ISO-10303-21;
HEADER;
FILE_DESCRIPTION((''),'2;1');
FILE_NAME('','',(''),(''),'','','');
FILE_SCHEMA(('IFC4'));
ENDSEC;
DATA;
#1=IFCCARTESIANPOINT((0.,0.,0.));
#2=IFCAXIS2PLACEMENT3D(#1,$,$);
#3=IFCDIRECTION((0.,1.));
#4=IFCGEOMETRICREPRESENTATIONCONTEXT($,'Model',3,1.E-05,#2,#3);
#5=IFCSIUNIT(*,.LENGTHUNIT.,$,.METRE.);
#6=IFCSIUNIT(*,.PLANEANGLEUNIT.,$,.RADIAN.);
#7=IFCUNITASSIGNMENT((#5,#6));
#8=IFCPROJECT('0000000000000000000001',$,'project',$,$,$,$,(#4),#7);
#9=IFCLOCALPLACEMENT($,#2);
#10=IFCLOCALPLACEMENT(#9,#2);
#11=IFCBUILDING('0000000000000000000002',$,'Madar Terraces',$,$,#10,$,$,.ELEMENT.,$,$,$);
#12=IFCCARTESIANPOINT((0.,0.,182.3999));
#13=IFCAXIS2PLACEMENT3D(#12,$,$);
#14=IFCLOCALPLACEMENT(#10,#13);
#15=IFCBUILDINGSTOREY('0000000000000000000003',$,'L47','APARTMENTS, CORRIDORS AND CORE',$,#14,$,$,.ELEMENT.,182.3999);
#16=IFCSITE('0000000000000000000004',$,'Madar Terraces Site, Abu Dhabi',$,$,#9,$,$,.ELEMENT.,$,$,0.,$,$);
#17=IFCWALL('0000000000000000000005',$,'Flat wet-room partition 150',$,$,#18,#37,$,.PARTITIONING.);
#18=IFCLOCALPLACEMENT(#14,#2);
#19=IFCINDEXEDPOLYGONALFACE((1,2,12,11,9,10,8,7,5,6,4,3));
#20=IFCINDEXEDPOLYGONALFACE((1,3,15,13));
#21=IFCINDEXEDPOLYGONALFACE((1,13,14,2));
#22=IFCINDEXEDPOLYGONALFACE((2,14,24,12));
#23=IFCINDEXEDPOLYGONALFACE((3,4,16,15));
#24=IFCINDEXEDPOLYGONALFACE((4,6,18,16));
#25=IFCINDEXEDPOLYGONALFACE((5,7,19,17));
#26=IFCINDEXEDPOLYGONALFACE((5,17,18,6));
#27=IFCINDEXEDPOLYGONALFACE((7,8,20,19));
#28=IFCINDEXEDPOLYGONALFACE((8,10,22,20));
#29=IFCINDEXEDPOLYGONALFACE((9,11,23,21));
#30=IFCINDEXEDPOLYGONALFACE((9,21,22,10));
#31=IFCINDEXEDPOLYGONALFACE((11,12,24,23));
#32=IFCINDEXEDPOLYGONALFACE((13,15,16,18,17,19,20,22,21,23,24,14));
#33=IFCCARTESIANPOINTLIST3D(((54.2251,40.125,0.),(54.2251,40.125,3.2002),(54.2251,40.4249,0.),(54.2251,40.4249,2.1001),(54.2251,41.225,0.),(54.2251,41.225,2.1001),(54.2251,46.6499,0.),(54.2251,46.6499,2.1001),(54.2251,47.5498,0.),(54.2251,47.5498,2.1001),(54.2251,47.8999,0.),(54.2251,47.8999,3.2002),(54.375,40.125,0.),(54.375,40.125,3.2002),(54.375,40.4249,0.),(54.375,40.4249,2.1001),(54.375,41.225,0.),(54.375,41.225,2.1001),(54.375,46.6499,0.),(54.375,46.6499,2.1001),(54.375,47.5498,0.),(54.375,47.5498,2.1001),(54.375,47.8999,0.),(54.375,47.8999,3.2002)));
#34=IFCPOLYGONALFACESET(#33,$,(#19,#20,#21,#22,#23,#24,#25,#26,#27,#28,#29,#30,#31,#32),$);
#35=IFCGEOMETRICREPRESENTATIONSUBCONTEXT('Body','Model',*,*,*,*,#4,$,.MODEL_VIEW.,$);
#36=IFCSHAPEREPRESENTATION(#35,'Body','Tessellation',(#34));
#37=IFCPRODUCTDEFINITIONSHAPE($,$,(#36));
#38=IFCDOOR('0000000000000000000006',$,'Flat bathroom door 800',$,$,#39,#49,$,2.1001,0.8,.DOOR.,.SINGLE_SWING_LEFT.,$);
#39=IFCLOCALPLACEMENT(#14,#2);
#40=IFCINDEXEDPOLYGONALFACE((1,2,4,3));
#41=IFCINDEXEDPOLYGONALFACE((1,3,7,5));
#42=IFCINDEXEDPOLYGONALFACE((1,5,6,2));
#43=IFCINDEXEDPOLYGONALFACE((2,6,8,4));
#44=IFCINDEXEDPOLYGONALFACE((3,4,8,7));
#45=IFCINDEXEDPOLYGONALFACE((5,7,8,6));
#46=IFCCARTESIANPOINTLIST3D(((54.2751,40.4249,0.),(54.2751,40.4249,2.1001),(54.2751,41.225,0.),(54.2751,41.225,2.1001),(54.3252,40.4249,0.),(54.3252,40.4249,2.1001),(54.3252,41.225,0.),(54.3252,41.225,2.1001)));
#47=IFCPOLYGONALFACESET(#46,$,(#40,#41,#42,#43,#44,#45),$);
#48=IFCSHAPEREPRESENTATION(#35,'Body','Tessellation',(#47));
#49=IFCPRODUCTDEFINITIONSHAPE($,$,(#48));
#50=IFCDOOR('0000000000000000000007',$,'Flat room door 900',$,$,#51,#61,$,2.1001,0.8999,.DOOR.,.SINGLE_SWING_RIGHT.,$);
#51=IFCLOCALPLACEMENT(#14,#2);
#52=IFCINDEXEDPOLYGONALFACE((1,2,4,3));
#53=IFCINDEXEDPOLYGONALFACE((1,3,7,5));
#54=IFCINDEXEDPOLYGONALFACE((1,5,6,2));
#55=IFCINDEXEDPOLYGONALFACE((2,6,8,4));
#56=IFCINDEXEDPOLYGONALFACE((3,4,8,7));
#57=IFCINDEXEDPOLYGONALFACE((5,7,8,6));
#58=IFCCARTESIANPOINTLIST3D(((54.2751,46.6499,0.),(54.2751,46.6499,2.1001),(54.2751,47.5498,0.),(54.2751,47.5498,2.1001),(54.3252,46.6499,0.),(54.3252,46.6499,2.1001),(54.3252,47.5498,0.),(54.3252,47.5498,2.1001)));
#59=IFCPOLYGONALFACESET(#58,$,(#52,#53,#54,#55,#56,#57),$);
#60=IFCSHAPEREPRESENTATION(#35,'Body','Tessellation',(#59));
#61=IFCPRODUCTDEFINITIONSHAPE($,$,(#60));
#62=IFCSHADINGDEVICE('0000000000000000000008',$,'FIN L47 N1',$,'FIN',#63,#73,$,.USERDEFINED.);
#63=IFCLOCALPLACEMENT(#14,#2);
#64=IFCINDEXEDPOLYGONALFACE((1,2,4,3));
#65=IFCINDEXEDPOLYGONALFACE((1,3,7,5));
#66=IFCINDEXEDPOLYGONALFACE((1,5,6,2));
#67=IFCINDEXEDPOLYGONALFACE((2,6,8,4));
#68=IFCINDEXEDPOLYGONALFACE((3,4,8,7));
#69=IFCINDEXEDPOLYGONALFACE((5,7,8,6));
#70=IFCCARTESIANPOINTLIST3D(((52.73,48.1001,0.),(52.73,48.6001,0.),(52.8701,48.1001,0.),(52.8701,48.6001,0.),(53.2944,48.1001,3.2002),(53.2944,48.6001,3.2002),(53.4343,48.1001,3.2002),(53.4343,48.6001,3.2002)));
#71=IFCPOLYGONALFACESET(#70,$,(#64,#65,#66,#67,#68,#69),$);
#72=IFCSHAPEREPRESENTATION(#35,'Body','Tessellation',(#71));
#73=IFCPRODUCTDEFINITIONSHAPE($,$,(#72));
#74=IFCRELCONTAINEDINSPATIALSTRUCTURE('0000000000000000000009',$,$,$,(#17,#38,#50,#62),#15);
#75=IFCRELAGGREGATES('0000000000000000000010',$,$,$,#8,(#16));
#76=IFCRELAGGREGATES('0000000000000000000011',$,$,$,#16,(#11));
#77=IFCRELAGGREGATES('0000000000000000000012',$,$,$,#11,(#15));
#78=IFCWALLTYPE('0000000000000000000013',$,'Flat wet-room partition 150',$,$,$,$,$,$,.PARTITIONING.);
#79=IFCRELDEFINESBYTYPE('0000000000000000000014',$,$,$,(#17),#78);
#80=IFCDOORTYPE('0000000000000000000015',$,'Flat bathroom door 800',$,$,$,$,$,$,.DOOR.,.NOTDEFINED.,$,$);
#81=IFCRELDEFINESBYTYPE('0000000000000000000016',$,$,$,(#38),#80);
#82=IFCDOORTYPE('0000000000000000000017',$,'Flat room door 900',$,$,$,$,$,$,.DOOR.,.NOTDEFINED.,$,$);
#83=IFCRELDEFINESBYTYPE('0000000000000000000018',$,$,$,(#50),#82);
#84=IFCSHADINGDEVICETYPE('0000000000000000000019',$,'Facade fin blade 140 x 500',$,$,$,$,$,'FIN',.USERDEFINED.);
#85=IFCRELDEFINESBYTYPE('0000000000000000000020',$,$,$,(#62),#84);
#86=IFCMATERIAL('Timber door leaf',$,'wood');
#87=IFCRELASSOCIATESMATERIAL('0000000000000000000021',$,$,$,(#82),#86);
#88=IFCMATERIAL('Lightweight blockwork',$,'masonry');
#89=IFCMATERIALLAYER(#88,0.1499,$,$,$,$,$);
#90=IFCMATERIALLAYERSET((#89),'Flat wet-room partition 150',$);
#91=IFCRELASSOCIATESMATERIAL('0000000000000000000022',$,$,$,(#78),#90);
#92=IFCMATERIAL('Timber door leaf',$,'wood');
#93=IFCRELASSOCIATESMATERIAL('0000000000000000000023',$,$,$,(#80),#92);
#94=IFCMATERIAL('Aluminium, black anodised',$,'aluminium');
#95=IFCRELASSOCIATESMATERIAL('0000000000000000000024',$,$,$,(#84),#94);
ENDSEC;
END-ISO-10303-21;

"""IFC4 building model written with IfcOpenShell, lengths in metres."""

from ifc_helpers import new_model, si_unit, direction, frame, frame_2d, origin, place, context, subcontext, project, spatial, polyline, rectangle, outline, extrude, material, layer, layer_set, type_object, element, fill, save


model = new_model("IFC4")

# Units and contexts
model_context = context("Model", 3, precision=1e-05, world=origin(), true_north=direction((0.0, 1.0)))
body_context = subcontext(model_context, "Body", "Model", "MODEL_VIEW")
ifc_project = project(units=[si_unit("LENGTHUNIT", "METRE"), si_unit("PLANEANGLEUNIT", "RADIAN")], contexts=[model_context])

# Site, building, storey
site_placement = place(None, origin())
site = spatial("IfcSite", under=ifc_project, at=site_placement, Name="Madar Terraces Site, Abu Dhabi", CompositionType="ELEMENT", RefElevation=0.0)
building_placement = place(site_placement, origin())
building = spatial("IfcBuilding", under=site, at=building_placement, Name="Madar Terraces", CompositionType="ELEMENT")
storey_placement = place(building_placement, frame((0.0, 0.0, 182.3999)))
storey = spatial("IfcBuildingStorey", under=building, at=storey_placement, Name="L47", Description="APARTMENTS, CORRIDORS AND CORE", CompositionType="ELEMENT", Elevation=182.3999)

# Shared definitions
ifc_material_1 = material(Name="Timber door leaf", Category="wood")
door_type_1 = type_object("IfcDoorType", Name="Flat room door 900", OperationType="NOTDEFINED", PredefinedType="DOOR", material=ifc_material_1)

# Shared definitions
ifc_material_2 = material(Name="Lightweight blockwork", Category="masonry")
ifc_layer_1 = layer(ifc_material_2, 0.1499)
ifc_layer_set_1 = layer_set([ifc_layer_1], Name="Flat wet-room partition 150")
wall_type_1 = type_object("IfcWallType", Name="Flat wet-room partition 150", PredefinedType="PARTITIONING", material=ifc_layer_set_1)

# Wall, openings, doors
wall_1_placement = place(storey_placement, frame((54.3, 40.125, 0.0), z_axis=(0.0, 0.0, 1.0), x_axis=(0.0, 1.0, 0.0)))
wall_1 = element("IfcWall", 1, at=wall_1_placement, inside=storey, type_object=wall_type_1, Name="Flat wet-room partition 150", PredefinedType="PARTITIONING", context=body_context, shape_type="SweptSolid", body=[
    extrude(rectangle(XDim=7.7749, YDim=0.1499, at=frame_2d((3.8875, 0.0))), origin(), (0.0, 0.0, 1.0), 3.2002),
])
opening_1_placement = place(wall_1_placement, frame((0.3, 0.0, 0.0)))
opening_1 = element("IfcOpeningElement", 2, at=opening_1_placement, cuts=wall_1, PredefinedType="OPENING", context=body_context, shape_type="SweptSolid", body=[
    extrude(rectangle(XDim=0.8, YDim=2.1001, at=frame_2d((0.3999, 1.05))), frame((0.0, 0.085, 0.0), z_axis=(0.0, -1.0, 0.0), x_axis=(1.0, 0.0, 0.0)), (0.0, 0.0, 1.0), 0.1699),
])
opening_2_placement = place(wall_1_placement, frame((6.5249, 0.0, 0.0)))
opening_2 = element("IfcOpeningElement", 3, at=opening_2_placement, cuts=wall_1, PredefinedType="OPENING", context=body_context, shape_type="SweptSolid", body=[
    extrude(rectangle(XDim=0.8999, YDim=2.1001, at=frame_2d((0.45, 1.05))), frame((0.0, 0.085, 0.0), z_axis=(0.0, -1.0, 0.0), x_axis=(1.0, 0.0, 0.0)), (0.0, 0.0, 1.0), 0.1699),
])
ifc_material_3 = material(Name="Timber door leaf", Category="wood")
door_type_2 = type_object("IfcDoorType", Name="Flat bathroom door 800", OperationType="NOTDEFINED", PredefinedType="DOOR", material=ifc_material_3)
door_1_placement = place(opening_1_placement, origin())
door_1 = element("IfcDoor", 4, at=door_1_placement, inside=storey, type_object=door_type_2, Name="Flat bathroom door 800", OperationType="SINGLE_SWING_LEFT", OverallHeight=2.1001, OverallWidth=0.8, PredefinedType="DOOR", context=body_context, shape_type="SweptSolid", body=[
    extrude(rectangle(XDim=0.8, YDim=2.1001, at=frame_2d((0.3999, 1.05))), frame((0.0, 0.0249, 0.0), z_axis=(0.0, -1.0, 0.0), x_axis=(1.0, 0.0, 0.0)), (0.0, 0.0, 1.0), 0.05),
])
fill(opening_1, door_1)
door_2_placement = place(opening_2_placement, origin())
door_2 = element("IfcDoor", 5, at=door_2_placement, inside=storey, type_object=door_type_1, Name="Flat room door 900", OperationType="SINGLE_SWING_RIGHT", OverallHeight=2.1001, OverallWidth=0.8999, PredefinedType="DOOR", context=body_context, shape_type="SweptSolid", body=[
    extrude(rectangle(XDim=0.8999, YDim=2.1001, at=frame_2d((0.45, 1.05))), frame((0.0, 0.0249, 0.0), z_axis=(0.0, -1.0, 0.0), x_axis=(1.0, 0.0, 0.0)), (0.0, 0.0, 1.0), 0.05),
])
fill(opening_2, door_2)

# Shading device
ifc_material_4 = material(Name="Aluminium, black anodised", Category="aluminium")
shading_device_type = type_object("IfcShadingDeviceType", Name="Facade fin blade 140 x 500", ElementType="FIN", PredefinedType="USERDEFINED", material=ifc_material_4)
shading_device_placement = place(storey_placement, frame((52.8701, 48.3501, 0.0), z_axis=(0.0, 0.0, 1.0), x_axis=(-1.0, 0.0, 0.0)))
element("IfcShadingDevice", 6, at=shading_device_placement, inside=storey, type_object=shading_device_type, Name="FIN L47 N1", ObjectType="FIN", PredefinedType="USERDEFINED", context=body_context, shape_type="SweptSolid", body=[
    extrude(outline(polyline([(0.0, 0.0), (0.1401, 0.0), (-0.4243, 3.2002), (-0.5642, 3.2002), (0.0, 0.0)])), frame((0.0, 0.25, 0.0), z_axis=(0.0, -1.0, 0.0), x_axis=(1.0, 0.0, 0.0)), (0.0, 0.0, 1.0), 0.5),
])

save(model, "model.ifc")
